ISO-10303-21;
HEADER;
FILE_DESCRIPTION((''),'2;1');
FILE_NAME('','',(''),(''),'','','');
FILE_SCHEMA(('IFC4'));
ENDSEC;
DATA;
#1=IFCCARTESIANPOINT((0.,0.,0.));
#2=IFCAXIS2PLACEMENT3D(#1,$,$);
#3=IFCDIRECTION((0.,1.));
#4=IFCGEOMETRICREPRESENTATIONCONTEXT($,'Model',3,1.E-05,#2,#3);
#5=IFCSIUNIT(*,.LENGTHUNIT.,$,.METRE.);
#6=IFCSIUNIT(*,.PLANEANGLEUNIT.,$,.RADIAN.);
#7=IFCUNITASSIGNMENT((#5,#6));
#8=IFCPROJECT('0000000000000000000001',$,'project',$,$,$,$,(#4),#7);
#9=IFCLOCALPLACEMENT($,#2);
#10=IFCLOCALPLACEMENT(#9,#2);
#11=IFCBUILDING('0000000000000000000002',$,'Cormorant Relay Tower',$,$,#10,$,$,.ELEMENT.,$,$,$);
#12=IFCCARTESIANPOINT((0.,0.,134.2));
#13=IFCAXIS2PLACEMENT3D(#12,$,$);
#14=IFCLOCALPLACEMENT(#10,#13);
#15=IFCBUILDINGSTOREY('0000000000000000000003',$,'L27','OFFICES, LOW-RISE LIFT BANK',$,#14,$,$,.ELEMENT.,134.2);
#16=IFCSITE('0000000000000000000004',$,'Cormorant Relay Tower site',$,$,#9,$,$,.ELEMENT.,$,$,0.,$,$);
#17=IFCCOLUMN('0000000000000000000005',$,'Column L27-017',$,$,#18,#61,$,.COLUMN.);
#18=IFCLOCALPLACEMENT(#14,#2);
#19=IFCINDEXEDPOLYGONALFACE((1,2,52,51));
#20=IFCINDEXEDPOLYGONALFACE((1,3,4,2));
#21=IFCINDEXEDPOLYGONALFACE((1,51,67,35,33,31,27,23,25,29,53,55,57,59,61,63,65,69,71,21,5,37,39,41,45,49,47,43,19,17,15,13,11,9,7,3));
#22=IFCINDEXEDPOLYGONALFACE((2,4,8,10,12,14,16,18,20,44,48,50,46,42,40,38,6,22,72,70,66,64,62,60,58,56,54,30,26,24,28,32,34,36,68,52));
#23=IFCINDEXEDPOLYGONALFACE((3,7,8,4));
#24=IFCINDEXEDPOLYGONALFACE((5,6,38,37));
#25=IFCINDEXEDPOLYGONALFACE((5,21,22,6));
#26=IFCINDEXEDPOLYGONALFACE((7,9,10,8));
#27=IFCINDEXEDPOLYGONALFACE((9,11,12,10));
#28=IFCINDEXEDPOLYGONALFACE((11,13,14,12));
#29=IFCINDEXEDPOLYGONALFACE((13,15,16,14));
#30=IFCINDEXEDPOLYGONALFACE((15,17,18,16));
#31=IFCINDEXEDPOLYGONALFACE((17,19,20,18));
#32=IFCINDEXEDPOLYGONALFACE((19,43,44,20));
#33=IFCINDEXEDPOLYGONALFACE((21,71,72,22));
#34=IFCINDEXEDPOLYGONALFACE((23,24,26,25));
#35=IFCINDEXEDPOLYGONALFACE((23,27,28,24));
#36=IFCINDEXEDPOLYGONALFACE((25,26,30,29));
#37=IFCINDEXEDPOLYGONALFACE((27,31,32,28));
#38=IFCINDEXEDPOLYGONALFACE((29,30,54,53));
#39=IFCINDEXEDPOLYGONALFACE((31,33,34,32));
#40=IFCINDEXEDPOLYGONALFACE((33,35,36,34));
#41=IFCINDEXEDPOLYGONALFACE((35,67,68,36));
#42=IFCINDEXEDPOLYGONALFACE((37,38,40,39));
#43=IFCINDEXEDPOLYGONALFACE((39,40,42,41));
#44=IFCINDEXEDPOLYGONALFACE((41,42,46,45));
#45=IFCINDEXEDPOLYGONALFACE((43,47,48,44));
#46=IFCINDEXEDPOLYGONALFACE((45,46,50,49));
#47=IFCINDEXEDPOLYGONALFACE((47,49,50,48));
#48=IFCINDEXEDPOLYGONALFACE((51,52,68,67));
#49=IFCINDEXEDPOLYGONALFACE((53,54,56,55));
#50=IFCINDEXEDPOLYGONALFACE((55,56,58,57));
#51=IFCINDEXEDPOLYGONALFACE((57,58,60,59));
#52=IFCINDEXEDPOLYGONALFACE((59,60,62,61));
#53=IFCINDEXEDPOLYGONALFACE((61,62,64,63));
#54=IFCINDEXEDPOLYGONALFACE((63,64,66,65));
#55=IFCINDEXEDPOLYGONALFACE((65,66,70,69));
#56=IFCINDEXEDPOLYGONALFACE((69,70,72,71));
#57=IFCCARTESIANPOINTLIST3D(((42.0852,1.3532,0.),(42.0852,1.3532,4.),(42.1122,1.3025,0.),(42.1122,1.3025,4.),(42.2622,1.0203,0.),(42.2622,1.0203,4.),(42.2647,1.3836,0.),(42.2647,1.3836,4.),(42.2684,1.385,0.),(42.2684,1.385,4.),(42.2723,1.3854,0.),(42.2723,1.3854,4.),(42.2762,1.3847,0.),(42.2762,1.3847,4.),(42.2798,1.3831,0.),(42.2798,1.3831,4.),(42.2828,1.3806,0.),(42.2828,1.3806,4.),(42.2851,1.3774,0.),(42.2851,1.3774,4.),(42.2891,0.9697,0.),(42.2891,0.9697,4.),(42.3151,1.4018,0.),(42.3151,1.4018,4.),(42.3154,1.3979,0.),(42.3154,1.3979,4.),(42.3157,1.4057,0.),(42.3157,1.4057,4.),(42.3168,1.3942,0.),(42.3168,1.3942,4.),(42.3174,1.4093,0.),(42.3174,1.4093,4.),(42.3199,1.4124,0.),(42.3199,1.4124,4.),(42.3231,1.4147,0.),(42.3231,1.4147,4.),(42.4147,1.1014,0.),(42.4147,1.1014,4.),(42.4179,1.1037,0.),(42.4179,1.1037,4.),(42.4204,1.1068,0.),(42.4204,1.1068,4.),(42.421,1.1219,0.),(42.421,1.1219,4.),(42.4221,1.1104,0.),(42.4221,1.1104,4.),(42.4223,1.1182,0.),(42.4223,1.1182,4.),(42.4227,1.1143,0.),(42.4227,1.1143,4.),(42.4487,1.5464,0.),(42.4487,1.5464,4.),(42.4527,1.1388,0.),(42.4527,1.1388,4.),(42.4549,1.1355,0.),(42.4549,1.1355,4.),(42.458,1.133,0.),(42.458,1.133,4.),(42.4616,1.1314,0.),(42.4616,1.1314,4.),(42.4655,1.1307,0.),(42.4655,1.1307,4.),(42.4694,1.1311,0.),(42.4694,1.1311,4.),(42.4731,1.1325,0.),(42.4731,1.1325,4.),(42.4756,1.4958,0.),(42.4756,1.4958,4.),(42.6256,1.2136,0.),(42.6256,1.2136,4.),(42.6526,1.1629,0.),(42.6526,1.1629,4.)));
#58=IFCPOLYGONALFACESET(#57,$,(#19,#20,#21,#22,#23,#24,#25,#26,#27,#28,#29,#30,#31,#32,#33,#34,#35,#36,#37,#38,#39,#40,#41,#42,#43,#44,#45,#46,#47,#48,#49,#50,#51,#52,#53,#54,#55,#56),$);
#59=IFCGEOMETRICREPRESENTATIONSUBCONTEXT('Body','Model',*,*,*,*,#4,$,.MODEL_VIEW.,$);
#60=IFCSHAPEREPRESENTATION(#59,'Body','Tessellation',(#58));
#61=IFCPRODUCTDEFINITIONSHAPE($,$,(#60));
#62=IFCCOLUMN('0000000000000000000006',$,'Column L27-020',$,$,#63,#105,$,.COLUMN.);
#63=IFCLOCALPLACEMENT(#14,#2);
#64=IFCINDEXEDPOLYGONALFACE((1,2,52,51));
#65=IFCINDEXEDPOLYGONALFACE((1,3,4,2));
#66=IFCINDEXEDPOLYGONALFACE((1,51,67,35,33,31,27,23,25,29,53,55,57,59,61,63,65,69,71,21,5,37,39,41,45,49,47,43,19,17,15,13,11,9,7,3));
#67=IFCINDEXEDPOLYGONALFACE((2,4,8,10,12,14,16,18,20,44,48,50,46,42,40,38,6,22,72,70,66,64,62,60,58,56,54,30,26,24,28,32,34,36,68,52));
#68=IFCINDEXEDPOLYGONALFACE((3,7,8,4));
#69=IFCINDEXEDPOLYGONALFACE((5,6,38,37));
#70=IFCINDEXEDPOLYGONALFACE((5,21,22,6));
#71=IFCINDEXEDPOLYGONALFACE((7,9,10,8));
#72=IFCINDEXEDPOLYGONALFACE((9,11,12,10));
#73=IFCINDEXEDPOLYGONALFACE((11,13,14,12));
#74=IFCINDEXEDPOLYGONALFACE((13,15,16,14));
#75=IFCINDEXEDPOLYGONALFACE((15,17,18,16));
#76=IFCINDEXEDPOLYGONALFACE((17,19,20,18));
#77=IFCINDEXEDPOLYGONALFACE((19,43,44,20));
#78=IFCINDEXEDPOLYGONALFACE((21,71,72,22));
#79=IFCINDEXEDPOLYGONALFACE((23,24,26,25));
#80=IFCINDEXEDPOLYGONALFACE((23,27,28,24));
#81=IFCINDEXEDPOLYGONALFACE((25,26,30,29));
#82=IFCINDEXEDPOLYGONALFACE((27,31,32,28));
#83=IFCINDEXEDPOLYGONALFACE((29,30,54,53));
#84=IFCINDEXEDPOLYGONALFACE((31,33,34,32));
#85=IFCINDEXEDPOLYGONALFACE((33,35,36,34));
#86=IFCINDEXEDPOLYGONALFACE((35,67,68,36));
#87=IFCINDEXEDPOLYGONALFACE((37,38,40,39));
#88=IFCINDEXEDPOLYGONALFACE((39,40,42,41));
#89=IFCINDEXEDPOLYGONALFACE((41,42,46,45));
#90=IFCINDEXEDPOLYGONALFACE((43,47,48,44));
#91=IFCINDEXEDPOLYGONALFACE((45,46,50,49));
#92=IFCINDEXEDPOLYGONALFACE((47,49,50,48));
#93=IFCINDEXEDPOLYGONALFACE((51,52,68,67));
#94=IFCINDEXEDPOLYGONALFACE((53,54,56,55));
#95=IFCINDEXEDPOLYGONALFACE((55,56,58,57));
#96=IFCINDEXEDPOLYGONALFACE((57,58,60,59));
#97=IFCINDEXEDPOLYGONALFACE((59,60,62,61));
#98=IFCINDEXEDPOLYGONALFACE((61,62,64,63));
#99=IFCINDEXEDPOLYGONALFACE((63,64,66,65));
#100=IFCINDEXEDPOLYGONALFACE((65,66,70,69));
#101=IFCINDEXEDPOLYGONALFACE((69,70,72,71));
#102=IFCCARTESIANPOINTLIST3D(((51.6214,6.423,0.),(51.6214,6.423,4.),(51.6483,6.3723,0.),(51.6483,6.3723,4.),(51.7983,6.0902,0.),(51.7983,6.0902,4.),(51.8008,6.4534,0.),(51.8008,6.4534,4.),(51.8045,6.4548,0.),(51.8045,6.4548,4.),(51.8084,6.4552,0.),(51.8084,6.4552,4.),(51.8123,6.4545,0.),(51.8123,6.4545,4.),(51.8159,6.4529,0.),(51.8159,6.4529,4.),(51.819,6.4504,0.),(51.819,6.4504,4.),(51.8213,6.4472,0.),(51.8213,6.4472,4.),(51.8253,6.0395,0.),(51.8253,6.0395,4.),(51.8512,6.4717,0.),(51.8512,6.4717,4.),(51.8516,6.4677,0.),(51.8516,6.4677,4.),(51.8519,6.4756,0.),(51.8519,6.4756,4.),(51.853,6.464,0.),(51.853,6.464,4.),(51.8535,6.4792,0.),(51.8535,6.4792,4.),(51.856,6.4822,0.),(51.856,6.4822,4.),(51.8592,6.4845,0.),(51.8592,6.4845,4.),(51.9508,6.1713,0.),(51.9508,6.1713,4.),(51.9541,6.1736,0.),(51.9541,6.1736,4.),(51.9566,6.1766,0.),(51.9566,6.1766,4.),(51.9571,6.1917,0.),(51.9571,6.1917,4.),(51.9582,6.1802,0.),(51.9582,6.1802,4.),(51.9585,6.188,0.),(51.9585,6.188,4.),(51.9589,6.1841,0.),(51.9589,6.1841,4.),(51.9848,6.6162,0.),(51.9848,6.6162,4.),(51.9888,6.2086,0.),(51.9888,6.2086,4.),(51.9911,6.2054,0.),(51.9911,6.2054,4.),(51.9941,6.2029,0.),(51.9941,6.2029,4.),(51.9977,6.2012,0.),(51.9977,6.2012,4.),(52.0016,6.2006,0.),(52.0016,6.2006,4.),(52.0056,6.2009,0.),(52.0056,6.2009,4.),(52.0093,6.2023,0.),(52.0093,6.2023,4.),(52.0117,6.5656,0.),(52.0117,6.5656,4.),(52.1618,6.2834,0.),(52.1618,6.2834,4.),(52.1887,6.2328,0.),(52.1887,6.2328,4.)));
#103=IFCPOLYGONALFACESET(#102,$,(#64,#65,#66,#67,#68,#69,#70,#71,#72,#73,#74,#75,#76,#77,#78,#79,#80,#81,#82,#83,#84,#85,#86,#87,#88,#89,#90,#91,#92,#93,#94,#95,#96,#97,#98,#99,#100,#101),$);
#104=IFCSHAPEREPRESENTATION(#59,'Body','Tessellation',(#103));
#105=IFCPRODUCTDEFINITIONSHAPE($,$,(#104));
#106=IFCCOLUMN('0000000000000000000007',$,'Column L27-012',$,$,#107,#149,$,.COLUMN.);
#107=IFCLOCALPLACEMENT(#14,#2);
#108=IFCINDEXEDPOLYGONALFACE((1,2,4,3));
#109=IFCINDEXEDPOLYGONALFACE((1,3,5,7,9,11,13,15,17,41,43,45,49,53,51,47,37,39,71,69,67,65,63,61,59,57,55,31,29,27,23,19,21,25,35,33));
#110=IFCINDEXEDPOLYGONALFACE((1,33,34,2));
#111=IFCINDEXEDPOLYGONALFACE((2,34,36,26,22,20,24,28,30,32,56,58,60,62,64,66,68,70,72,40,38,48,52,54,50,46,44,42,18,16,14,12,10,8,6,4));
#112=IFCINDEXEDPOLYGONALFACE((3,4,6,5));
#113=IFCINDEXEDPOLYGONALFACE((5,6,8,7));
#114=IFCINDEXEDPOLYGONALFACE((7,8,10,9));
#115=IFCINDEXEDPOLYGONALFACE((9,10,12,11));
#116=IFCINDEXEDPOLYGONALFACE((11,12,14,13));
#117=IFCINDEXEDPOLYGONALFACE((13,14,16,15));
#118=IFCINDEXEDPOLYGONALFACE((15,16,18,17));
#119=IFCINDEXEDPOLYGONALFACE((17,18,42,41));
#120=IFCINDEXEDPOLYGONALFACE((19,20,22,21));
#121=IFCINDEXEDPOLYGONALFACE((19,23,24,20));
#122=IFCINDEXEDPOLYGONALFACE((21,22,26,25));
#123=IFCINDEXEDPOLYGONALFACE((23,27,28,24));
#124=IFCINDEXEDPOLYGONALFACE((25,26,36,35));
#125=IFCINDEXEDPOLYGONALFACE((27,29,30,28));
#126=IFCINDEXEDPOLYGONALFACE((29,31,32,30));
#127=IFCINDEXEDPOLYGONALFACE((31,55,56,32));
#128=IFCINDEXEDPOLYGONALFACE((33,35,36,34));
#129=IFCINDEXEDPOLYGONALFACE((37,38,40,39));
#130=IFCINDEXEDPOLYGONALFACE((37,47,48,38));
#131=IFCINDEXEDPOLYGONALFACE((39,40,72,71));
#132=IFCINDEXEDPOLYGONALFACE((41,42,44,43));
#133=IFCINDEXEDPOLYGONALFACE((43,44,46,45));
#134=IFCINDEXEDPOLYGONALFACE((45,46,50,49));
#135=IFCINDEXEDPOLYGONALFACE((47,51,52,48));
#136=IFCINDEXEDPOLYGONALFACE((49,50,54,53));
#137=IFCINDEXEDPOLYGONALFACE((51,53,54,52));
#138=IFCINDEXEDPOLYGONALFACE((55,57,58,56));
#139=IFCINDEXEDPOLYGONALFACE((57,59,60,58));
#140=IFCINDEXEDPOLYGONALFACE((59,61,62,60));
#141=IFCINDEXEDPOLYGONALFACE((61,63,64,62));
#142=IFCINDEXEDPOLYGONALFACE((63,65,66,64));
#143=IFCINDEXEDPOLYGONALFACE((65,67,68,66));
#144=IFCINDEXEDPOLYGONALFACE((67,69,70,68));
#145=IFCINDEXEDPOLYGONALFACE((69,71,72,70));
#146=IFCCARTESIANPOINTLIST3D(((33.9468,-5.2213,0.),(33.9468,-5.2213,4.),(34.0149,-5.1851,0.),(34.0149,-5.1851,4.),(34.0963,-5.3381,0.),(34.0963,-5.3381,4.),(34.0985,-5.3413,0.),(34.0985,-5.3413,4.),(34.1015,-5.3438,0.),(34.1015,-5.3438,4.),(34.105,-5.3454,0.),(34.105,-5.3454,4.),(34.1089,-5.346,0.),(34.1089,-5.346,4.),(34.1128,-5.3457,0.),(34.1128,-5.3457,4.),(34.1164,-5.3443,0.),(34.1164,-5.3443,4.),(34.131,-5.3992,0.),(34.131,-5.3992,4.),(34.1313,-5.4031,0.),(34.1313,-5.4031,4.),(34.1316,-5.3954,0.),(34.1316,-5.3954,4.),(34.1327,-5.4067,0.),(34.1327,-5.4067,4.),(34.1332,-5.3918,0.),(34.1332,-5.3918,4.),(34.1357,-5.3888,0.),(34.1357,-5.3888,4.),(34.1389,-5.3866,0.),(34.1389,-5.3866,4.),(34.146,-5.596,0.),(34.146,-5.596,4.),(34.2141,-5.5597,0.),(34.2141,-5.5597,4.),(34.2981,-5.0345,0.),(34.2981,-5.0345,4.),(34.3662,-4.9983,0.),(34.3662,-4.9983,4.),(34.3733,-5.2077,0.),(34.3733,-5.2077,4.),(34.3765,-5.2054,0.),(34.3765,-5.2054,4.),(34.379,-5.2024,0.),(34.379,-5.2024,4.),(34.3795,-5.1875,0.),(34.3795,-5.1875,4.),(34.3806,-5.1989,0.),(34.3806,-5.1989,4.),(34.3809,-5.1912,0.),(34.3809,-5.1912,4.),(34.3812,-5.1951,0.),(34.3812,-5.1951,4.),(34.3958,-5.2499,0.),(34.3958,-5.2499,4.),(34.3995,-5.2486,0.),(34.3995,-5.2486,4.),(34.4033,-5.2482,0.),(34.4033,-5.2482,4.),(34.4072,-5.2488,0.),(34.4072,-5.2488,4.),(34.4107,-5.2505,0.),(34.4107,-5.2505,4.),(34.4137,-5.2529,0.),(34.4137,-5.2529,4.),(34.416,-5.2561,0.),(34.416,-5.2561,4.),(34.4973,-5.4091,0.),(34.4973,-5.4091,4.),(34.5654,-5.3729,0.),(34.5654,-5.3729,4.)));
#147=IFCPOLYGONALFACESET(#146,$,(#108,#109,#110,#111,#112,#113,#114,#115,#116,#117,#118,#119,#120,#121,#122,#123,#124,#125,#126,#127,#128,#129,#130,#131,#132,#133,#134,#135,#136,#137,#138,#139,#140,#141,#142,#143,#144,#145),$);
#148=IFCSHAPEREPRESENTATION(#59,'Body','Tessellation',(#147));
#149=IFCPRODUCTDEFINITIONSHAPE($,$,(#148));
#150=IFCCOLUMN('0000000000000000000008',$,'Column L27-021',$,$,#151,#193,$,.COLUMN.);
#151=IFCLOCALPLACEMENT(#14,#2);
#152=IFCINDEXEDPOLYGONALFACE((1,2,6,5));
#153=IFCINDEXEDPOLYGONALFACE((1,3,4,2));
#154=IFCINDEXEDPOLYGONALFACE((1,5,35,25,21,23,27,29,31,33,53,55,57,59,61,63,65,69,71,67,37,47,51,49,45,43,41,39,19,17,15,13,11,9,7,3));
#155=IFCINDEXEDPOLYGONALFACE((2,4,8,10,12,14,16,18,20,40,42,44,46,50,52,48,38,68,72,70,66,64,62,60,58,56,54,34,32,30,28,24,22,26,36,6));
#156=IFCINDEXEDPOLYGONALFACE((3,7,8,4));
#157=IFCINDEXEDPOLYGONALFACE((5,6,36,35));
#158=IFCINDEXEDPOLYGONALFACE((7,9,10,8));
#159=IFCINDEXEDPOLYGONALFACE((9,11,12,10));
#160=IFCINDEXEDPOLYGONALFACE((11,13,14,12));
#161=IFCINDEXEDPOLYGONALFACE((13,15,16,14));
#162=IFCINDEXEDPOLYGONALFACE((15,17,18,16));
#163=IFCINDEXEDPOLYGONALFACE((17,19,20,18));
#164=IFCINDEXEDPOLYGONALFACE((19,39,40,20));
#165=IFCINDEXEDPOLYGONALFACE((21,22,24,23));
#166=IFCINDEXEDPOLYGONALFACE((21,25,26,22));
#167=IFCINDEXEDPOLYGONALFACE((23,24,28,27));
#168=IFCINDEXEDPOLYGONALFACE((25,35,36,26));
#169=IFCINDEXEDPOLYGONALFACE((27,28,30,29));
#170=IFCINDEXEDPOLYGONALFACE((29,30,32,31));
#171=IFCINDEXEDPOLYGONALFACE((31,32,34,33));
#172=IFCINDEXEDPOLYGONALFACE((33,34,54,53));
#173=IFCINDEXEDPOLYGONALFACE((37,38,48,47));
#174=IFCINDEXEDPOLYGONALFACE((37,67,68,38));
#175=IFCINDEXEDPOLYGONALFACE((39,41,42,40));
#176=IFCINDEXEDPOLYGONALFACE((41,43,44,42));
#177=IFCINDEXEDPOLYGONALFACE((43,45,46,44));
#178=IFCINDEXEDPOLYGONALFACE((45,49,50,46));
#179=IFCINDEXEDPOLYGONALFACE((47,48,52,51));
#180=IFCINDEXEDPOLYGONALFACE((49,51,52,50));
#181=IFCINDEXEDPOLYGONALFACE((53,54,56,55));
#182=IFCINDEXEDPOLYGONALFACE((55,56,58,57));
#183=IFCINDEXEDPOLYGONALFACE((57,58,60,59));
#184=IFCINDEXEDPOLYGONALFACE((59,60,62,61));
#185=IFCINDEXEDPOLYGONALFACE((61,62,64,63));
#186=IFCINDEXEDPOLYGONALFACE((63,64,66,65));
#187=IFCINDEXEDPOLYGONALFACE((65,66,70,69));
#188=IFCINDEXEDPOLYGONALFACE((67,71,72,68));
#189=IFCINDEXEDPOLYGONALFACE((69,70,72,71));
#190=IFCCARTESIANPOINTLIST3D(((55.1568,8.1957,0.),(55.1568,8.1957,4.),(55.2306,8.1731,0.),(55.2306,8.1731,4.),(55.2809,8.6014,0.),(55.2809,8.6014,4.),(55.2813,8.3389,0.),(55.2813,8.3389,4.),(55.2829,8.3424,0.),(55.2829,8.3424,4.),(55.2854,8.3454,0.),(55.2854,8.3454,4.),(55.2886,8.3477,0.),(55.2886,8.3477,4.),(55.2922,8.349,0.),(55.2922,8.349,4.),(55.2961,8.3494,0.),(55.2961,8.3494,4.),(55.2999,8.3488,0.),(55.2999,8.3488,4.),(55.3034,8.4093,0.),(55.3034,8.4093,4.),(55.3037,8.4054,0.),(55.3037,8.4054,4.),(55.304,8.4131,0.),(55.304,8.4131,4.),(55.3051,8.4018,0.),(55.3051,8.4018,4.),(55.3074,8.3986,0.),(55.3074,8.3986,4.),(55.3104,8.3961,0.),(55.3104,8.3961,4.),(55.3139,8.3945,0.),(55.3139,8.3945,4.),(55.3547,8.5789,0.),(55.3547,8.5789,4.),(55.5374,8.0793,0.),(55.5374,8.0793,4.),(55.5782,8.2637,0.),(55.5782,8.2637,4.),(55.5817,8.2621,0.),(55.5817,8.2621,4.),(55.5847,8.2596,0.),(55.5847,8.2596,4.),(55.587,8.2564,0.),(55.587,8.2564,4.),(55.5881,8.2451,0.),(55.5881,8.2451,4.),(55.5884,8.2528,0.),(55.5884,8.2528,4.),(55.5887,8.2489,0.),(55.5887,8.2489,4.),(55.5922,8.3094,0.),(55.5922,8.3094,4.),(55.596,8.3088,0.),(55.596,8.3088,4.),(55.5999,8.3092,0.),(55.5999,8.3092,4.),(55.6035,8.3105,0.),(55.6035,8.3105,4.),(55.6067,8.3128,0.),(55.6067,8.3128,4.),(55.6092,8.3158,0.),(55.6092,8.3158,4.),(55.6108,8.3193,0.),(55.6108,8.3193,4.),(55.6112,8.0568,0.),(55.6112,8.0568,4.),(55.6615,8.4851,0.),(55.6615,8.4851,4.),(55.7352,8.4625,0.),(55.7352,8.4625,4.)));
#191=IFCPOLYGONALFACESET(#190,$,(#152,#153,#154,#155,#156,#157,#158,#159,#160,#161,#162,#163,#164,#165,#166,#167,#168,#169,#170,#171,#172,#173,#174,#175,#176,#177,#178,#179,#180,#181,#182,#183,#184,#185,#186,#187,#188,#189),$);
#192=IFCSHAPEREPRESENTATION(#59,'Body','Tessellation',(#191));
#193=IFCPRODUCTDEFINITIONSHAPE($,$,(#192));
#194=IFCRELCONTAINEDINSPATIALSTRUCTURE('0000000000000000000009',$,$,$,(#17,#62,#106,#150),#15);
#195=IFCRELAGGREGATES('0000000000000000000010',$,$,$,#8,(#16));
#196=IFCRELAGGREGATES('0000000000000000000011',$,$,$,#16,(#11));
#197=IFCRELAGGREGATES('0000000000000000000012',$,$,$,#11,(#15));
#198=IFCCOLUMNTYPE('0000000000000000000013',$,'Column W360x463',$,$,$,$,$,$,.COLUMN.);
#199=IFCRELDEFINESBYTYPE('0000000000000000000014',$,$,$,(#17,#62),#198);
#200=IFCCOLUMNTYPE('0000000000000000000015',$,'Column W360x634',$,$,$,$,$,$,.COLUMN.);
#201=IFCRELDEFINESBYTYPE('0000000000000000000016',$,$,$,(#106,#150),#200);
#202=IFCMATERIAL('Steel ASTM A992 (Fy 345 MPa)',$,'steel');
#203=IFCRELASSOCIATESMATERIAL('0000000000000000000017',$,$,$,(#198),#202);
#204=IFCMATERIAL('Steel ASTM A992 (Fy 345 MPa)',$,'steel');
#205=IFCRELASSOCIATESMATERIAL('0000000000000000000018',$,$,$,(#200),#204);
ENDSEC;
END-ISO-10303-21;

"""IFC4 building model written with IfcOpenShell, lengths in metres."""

from ifc_helpers import new_model, si_unit, direction, frame, origin, origin_2d, place, context, subcontext, project, spatial, i_section, extrude, material, material_profile, profile_set, type_object, element, save


model = new_model("IFC4")

# Units and contexts
model_context = context("Model", 3, precision=1e-05, world=origin(), true_north=direction((0.0, 1.0)))
body_context = subcontext(model_context, "Body", "Model", "MODEL_VIEW")
ifc_project = project(units=[si_unit("LENGTHUNIT", "METRE"), si_unit("PLANEANGLEUNIT", "RADIAN")], contexts=[model_context])

# Site, building, storey
site_placement = place(None, origin())
site = spatial("IfcSite", under=ifc_project, at=site_placement, Name="Cormorant Relay Tower site", CompositionType="ELEMENT", RefElevation=0.0)
building_placement = place(site_placement, origin())
building = spatial("IfcBuilding", under=site, at=building_placement, Name="Cormorant Relay Tower", CompositionType="ELEMENT")
storey_placement = place(building_placement, frame((0.0, 0.0, 134.2)))
storey = spatial("IfcBuildingStorey", under=building, at=storey_placement, Name="L27", Description="OFFICES, LOW-RISE LIFT BANK", CompositionType="ELEMENT", Elevation=134.2)

# Columns
ifc_material_1 = material(Name="Steel ASTM A992 (Fy 345 MPa)", Category="steel")
ifc_material_profile_1 = material_profile(ifc_material_1, i_section(OverallWidth=0.4116, OverallDepth=0.4343, WebThickness=0.0359, FlangeThickness=0.0574, FilletRadius=0.0151, at=origin_2d()), Name="W360x463")
ifc_profile_set_1 = profile_set([ifc_material_profile_1], Name="Steel ASTM A992 (Fy 345 MPa)")
column_type_1 = type_object("IfcColumnType", Name="Column W360x463", PredefinedType="COLUMN", material=ifc_profile_set_1)
for number, where, z_axis, x_axis, name in (
    (1, (42.3689, 1.2581, 0.0), (0.0, 0.0, 1.0), (0.882948, 0.469472, 0.0), "Column L27-017"),
    (2, (51.905, 6.3279, 0.0), (0.0, 0.0, 1.0), (0.882948, 0.469472, 0.0), "Column L27-020"),
):
    element("IfcColumn", number, at=place(storey_placement, frame(where, z_axis=z_axis, x_axis=x_axis)), inside=storey, type_object=column_type_1, Name=name, PredefinedType="COLUMN", context=body_context, shape_type="SweptSolid", body=[
        extrude(i_section(OverallWidth=0.4116, OverallDepth=0.4343, WebThickness=0.0359, FlangeThickness=0.0574, FilletRadius=0.0151, at=origin_2d()), origin(), (0.0, 0.0, 1.0), 4.0),
    ])
ifc_material_2 = material(Name="Steel ASTM A992 (Fy 345 MPa)", Category="steel")
ifc_material_profile_2 = material_profile(ifc_material_2, i_section(OverallWidth=0.4243, OverallDepth=0.4751, WebThickness=0.0479, FlangeThickness=0.0771, FilletRadius=0.0149, at=origin_2d()), Name="W360x634")
ifc_profile_set_2 = profile_set([ifc_material_profile_2], Name="Steel ASTM A992 (Fy 345 MPa)")
column_type_2 = type_object("IfcColumnType", Name="Column W360x634", PredefinedType="COLUMN", material=ifc_profile_set_2)
for number, where, z_axis, x_axis, name in (
    (3, (34.2561, -5.2971, 0.0), (0.0, 0.0, 1.0), (-0.469472, 0.882948, 0.0), "Column L27-012"),
    (4, (55.446, 8.3291, 0.0), (0.0, 0.0, 1.0), (0.292372, 0.956305, 0.0), "Column L27-021"),
):
    element("IfcColumn", number, at=place(storey_placement, frame(where, z_axis=z_axis, x_axis=x_axis)), inside=storey, type_object=column_type_2, Name=name, PredefinedType="COLUMN", context=body_context, shape_type="SweptSolid", body=[
        extrude(i_section(OverallWidth=0.4243, OverallDepth=0.4751, WebThickness=0.0479, FlangeThickness=0.0771, FilletRadius=0.0149, at=origin_2d()), origin(), (0.0, 0.0, 1.0), 4.0),
    ])

save(model, "model.ifc")
